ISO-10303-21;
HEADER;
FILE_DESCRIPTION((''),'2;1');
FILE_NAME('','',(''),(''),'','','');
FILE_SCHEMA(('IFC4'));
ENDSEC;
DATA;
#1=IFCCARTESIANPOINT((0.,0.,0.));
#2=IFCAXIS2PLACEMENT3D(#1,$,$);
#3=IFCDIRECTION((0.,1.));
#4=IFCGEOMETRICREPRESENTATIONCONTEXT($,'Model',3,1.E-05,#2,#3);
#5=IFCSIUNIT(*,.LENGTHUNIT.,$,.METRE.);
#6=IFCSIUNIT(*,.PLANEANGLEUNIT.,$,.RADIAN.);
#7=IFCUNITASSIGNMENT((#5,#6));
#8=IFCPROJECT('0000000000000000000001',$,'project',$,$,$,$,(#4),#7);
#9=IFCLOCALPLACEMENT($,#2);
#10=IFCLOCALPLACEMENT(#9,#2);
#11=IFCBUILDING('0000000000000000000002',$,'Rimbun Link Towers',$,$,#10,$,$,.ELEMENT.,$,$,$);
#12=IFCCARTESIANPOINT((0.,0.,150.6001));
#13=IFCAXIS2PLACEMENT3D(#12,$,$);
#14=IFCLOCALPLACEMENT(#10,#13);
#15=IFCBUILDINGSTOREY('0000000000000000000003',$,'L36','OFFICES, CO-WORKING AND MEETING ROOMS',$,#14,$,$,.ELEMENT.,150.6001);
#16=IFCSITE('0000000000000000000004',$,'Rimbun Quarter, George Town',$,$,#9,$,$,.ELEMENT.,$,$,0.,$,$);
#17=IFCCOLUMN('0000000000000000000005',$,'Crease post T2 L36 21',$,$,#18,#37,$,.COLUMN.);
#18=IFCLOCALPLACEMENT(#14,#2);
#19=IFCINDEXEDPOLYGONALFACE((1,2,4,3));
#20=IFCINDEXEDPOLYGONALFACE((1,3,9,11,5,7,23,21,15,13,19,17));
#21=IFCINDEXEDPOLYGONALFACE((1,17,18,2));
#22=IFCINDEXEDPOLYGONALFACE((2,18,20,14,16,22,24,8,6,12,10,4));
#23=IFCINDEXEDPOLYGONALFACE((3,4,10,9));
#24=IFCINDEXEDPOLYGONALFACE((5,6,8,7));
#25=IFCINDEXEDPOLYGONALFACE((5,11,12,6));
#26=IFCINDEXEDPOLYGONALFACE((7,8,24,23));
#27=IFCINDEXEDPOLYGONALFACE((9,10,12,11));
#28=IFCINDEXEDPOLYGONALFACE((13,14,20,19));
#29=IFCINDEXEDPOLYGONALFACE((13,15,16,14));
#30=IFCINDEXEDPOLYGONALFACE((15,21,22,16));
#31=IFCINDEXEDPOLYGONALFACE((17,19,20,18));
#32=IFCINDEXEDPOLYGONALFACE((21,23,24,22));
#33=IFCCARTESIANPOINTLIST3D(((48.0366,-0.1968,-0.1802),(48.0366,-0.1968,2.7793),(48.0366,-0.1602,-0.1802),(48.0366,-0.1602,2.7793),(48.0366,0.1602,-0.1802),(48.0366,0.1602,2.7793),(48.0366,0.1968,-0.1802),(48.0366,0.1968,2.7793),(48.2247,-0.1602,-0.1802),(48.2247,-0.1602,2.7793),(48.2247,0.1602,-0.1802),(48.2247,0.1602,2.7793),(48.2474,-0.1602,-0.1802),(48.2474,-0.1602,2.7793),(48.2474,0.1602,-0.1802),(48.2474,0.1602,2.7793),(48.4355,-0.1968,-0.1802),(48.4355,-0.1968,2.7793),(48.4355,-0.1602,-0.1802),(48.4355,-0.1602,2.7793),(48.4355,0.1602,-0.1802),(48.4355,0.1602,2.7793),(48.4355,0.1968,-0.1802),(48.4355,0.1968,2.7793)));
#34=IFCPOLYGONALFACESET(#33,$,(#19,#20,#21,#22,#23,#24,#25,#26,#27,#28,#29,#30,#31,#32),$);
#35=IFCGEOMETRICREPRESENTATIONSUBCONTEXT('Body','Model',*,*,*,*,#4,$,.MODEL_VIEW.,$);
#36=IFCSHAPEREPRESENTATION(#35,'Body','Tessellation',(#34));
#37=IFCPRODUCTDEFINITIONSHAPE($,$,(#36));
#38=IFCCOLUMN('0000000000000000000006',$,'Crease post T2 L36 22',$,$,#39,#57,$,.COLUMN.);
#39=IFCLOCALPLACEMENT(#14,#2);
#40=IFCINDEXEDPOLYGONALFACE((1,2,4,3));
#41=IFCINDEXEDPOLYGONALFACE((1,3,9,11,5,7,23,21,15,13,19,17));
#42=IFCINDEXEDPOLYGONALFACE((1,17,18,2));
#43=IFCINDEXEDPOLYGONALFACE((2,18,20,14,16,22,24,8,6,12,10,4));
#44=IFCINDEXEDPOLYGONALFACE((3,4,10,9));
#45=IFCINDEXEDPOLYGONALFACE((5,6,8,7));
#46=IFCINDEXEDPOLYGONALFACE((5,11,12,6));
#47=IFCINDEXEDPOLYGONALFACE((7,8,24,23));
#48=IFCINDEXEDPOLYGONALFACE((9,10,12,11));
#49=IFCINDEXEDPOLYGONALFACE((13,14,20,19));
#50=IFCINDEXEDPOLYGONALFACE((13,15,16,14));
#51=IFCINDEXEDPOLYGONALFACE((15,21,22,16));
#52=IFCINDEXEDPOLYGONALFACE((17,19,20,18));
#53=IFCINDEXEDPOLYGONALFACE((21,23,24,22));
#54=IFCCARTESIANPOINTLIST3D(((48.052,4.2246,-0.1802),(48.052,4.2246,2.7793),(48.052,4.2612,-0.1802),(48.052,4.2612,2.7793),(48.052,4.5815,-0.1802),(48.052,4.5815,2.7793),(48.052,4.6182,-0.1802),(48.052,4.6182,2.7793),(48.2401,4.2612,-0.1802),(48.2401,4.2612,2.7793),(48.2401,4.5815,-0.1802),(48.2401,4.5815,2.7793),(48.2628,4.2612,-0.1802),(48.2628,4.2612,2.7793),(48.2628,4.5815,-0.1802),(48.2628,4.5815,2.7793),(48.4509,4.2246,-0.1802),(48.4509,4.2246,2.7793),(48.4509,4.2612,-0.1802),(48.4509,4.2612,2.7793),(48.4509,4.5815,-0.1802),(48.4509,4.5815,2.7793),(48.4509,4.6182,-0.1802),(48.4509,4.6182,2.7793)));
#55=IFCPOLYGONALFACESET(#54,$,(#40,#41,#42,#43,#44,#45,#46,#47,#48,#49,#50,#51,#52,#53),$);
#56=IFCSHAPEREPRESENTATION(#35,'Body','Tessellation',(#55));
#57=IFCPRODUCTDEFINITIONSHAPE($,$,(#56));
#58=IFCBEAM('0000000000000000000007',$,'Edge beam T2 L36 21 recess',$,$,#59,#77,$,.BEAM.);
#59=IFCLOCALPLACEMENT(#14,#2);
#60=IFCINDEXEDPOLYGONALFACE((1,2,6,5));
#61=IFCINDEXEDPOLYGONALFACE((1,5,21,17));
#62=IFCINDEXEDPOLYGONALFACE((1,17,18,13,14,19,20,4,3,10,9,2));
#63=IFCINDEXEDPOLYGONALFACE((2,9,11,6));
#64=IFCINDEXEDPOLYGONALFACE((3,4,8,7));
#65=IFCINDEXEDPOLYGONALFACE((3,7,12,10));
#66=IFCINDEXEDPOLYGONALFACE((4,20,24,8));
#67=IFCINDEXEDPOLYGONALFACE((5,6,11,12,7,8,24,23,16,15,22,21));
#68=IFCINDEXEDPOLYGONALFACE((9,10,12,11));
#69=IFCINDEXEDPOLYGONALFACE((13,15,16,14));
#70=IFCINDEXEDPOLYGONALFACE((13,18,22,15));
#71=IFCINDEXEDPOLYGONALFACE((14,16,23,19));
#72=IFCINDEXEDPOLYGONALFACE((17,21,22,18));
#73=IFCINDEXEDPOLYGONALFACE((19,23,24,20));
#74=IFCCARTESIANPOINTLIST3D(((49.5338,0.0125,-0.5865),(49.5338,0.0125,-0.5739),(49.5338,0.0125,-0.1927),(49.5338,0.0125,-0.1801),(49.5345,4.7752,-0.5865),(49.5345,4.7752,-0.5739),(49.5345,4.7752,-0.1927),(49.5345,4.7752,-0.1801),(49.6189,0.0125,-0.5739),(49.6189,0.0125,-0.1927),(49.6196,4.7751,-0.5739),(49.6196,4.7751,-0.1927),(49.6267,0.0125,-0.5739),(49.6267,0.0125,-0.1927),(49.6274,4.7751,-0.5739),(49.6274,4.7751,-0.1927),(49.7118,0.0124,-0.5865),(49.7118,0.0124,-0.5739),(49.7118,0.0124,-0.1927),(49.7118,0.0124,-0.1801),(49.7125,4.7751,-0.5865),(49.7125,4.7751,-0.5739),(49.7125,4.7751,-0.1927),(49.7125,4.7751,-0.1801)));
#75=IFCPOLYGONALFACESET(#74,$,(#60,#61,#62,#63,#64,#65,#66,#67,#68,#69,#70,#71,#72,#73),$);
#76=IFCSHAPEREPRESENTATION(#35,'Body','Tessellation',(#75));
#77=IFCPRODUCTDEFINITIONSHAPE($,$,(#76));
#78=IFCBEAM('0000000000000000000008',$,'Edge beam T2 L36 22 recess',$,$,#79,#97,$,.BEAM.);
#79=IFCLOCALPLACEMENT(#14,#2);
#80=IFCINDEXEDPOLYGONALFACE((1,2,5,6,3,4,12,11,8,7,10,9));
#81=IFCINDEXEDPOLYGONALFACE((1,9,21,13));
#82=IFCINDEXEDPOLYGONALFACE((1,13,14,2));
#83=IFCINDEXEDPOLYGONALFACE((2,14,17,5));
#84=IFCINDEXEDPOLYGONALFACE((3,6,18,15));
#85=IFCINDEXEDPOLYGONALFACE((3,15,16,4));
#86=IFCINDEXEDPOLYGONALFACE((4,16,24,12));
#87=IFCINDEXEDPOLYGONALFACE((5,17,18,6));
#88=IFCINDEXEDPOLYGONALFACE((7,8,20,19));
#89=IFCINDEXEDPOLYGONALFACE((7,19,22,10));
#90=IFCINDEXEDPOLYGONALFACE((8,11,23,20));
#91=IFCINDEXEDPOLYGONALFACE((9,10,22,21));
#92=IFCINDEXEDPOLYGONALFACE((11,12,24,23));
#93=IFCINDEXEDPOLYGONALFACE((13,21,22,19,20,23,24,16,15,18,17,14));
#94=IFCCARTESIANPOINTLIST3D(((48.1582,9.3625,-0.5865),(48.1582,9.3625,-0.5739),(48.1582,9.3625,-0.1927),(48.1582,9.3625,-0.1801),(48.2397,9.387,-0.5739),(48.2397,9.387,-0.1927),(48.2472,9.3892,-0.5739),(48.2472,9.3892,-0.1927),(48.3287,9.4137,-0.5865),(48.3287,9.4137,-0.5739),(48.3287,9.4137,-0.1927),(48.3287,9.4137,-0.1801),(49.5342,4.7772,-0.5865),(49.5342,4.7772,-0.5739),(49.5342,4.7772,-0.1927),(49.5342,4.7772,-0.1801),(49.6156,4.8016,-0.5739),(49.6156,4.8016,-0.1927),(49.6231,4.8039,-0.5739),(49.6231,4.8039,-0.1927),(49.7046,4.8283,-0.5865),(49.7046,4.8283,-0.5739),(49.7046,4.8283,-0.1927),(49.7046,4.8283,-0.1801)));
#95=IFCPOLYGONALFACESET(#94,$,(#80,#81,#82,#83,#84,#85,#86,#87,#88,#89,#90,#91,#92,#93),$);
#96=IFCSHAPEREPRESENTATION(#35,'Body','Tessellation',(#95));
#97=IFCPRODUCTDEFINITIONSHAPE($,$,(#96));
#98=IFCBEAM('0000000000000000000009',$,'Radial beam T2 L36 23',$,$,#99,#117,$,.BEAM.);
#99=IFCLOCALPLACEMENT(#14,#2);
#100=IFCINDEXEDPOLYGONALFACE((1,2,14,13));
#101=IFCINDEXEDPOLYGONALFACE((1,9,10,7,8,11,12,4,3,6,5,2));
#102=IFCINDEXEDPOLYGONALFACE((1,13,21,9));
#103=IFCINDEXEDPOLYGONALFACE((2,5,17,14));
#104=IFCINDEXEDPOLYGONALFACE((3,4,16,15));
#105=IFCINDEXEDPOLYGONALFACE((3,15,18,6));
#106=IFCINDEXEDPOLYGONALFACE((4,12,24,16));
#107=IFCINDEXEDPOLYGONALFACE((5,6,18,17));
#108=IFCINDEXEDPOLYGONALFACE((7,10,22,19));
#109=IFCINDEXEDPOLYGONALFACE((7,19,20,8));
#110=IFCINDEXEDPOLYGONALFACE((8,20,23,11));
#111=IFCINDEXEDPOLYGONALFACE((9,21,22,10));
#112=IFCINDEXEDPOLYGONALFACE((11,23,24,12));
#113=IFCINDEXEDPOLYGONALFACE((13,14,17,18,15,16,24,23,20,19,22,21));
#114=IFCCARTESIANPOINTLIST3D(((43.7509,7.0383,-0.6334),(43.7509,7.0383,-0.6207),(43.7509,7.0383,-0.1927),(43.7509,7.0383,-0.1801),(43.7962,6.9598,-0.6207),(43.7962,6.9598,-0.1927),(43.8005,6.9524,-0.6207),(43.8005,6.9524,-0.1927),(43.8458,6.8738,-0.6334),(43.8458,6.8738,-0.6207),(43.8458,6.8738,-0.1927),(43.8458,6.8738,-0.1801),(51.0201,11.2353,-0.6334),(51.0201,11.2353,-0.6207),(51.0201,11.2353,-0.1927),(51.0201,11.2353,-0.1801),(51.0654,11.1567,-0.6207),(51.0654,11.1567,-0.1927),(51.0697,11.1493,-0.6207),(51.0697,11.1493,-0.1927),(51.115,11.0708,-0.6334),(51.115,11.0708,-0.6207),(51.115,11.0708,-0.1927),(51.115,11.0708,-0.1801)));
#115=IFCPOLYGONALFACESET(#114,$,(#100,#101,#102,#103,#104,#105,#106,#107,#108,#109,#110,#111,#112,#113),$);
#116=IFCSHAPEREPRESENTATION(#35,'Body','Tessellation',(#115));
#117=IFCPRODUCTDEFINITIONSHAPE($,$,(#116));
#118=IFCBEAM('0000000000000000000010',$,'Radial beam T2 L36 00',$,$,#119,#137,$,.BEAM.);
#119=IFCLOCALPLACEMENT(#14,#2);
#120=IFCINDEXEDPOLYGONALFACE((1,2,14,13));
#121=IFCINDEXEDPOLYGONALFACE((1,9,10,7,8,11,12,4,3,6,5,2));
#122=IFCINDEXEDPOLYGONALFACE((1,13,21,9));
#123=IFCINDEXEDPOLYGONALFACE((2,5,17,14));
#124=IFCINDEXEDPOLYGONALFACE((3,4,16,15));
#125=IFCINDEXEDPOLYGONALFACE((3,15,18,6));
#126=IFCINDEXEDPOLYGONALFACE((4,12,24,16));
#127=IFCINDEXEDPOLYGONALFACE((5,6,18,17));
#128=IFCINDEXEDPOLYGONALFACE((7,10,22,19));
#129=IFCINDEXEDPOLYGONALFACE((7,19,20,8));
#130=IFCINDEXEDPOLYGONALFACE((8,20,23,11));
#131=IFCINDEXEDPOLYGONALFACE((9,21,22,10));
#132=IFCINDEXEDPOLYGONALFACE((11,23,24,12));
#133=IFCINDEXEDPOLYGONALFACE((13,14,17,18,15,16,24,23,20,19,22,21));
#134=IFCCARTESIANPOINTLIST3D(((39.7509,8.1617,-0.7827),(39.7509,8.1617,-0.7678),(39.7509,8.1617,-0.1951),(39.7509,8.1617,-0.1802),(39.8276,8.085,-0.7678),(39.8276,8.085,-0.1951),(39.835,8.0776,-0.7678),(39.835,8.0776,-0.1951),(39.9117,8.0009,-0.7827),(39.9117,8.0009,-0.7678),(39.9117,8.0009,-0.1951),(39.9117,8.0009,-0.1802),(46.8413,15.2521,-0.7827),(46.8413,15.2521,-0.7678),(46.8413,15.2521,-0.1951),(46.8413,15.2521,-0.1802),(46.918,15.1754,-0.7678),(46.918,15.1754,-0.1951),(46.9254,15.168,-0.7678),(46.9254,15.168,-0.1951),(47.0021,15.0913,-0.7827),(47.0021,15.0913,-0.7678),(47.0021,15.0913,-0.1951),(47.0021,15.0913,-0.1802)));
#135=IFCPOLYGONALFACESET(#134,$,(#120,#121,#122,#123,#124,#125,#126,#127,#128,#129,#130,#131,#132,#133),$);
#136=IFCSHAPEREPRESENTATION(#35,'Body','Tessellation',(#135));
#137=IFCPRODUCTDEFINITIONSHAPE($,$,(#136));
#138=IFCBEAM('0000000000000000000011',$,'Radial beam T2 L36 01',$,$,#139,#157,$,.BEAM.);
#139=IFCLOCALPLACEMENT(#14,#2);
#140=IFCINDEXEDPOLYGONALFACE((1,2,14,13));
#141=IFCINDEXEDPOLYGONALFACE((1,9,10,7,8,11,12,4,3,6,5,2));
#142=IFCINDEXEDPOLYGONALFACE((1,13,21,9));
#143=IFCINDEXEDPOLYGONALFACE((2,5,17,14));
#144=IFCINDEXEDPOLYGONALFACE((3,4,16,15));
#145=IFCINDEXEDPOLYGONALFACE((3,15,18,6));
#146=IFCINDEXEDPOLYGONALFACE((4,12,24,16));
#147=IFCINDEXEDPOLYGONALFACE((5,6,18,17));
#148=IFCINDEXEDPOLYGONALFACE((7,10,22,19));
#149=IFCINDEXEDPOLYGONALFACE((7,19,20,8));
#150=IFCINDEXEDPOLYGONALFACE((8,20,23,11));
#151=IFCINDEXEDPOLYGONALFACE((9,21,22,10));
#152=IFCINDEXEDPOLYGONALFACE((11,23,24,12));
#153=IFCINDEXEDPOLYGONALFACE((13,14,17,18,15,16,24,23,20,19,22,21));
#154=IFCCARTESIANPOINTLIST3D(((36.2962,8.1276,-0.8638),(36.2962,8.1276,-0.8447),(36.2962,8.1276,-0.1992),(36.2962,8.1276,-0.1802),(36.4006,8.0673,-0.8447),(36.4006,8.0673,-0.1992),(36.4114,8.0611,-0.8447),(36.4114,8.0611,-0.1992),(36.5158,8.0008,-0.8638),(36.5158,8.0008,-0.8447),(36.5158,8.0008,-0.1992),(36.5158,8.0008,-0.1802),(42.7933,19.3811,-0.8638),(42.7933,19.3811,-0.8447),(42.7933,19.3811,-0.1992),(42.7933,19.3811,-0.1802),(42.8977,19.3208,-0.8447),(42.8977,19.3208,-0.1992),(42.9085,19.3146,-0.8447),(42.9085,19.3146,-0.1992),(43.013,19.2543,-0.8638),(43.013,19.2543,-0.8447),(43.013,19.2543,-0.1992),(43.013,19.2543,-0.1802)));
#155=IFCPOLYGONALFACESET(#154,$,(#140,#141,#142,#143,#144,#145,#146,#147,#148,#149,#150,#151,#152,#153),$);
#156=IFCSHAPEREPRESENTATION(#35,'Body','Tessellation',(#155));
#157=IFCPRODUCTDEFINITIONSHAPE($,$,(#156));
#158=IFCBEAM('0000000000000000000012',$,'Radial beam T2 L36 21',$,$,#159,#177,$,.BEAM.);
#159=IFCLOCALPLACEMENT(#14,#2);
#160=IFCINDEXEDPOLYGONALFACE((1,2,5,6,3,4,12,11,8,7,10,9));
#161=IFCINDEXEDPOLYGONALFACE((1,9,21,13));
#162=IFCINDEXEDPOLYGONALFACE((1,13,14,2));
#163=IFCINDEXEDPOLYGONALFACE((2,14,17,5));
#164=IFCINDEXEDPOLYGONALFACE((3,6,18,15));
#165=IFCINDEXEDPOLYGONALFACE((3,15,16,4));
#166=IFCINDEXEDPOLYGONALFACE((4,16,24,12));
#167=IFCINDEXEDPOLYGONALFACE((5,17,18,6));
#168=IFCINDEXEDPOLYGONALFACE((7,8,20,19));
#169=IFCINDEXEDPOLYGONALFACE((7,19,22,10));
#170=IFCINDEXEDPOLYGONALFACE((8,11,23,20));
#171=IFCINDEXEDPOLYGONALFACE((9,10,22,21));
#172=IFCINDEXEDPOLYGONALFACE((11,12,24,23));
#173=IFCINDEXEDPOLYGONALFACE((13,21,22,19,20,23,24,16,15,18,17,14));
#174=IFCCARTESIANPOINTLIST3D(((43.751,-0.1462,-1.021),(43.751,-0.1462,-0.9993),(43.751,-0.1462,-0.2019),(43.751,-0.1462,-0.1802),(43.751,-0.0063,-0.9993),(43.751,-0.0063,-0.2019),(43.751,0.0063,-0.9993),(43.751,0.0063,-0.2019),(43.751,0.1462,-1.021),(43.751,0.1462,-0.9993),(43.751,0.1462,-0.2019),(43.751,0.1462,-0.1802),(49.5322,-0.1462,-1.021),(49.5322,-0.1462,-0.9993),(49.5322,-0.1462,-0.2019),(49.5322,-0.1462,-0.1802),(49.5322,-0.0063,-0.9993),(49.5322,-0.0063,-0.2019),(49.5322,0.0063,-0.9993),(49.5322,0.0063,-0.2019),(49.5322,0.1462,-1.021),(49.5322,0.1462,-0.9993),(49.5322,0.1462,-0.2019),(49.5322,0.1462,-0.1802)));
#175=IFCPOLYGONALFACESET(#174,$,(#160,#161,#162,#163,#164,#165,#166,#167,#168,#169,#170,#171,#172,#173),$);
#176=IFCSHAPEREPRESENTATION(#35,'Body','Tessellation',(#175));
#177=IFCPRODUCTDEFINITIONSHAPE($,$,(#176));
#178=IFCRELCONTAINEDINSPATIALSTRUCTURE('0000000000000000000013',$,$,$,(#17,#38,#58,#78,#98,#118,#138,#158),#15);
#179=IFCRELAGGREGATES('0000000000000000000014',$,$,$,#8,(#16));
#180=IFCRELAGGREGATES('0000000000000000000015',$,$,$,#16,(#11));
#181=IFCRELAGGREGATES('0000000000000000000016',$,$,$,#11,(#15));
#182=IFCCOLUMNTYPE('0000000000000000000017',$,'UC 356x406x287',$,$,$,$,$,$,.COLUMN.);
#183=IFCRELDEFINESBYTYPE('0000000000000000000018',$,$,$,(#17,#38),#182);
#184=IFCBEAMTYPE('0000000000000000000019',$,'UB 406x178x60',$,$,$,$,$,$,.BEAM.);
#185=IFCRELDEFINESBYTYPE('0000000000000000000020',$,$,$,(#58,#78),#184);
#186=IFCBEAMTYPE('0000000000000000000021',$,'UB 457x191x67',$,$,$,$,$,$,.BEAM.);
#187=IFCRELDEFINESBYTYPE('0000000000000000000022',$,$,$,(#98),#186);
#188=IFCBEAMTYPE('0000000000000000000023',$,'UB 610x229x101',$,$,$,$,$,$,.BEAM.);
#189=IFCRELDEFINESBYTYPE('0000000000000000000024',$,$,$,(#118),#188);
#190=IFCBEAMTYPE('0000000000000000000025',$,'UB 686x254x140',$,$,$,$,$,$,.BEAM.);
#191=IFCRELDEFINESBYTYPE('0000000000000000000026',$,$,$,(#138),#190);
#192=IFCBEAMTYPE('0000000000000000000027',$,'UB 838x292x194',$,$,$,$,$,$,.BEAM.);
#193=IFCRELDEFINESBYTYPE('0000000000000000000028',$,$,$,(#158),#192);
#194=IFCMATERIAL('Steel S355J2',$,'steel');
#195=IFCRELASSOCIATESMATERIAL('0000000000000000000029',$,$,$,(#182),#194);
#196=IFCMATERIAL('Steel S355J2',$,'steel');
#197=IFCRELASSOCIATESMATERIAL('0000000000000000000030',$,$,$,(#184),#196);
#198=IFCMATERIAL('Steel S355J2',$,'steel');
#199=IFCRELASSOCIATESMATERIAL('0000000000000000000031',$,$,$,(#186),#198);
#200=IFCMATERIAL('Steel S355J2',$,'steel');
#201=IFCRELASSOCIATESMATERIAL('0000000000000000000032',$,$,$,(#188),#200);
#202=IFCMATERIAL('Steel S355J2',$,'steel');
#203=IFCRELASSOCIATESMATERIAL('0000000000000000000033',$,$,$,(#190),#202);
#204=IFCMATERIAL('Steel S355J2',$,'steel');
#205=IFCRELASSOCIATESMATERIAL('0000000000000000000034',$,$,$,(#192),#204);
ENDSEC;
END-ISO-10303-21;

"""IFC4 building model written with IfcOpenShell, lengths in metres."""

from ifc_helpers import new_model, si_unit, direction, frame, origin, origin_2d, place, context, subcontext, project, spatial, i_section, extrude, material, material_profile, profile_set, type_object, element, save


model = new_model("IFC4")

# Units and contexts
model_context = context("Model", 3, precision=1e-05, world=origin(), true_north=direction((0.0, 1.0)))
body_context = subcontext(model_context, "Body", "Model", "MODEL_VIEW")
ifc_project = project(units=[si_unit("LENGTHUNIT", "METRE"), si_unit("PLANEANGLEUNIT", "RADIAN")], contexts=[model_context])

# Site, building, storey
site_placement = place(None, origin())
site = spatial("IfcSite", under=ifc_project, at=site_placement, Name="Rimbun Quarter, George Town", CompositionType="ELEMENT", RefElevation=0.0)
building_placement = place(site_placement, origin())
building = spatial("IfcBuilding", under=site, at=building_placement, Name="Rimbun Link Towers", CompositionType="ELEMENT")
storey_placement = place(building_placement, frame((0.0, 0.0, 150.6001)))
storey = spatial("IfcBuildingStorey", under=building, at=storey_placement, Name="L36", Description="OFFICES, CO-WORKING AND MEETING ROOMS", CompositionType="ELEMENT", Elevation=150.6001)

# Columns
ifc_material_1 = material(Name="Steel S355J2", Category="steel")
ifc_material_profile_1 = material_profile(ifc_material_1, i_section(OverallWidth=0.3989, OverallDepth=0.3936, WebThickness=0.0227, FlangeThickness=0.0366, at=origin_2d()), Name="UC 356x406x287")
ifc_profile_set_1 = profile_set([ifc_material_profile_1], Name="Steel S355J2")
column_type = type_object("IfcColumnType", Name="UC 356x406x287", PredefinedType="COLUMN", material=ifc_profile_set_1)
for number, where, z_axis, x_axis, name in (
    (1, (48.2361, 0.0, -0.1802), (0.0, 0.0, 1.0), (1.0, 0.0, 0.0), "Crease post T2 L36 21"),
    (2, (48.2515, 4.4214, -0.1802), (0.0, 0.0, 1.0), (1.0, 0.0, 0.0), "Crease post T2 L36 22"),
):
    element("IfcColumn", number, at=place(storey_placement, frame(where, z_axis=z_axis, x_axis=x_axis)), inside=storey, type_object=column_type, Name=name, PredefinedType="COLUMN", context=body_context, shape_type="SweptSolid", body=[
        extrude(i_section(OverallWidth=0.3989, OverallDepth=0.3936, WebThickness=0.0227, FlangeThickness=0.0366, at=origin_2d()), origin(), (0.0, 0.0, 1.0), 2.9595),
    ])

# Beams
ifc_material_2 = material(Name="Steel S355J2", Category="steel")
ifc_material_profile_2 = material_profile(ifc_material_2, i_section(OverallWidth=0.178, OverallDepth=0.4065, WebThickness=0.0078, FlangeThickness=0.0127, at=origin_2d()), Name="UB 406x178x60")
ifc_profile_set_2 = profile_set([ifc_material_profile_2], Name="Steel S355J2")
beam_type_1 = type_object("IfcBeamType", Name="UB 406x178x60", PredefinedType="BEAM", material=ifc_profile_set_2)
beam_1_placement = place(storey_placement, frame((49.6228, 0.0125, -0.3833), z_axis=(0.000154, 1.0, 0.0), x_axis=(-1.0, 0.000154, 0.0)))
element("IfcBeam", 3, at=beam_1_placement, inside=storey, type_object=beam_type_1, Name="Edge beam T2 L36 21 recess", PredefinedType="BEAM", context=body_context, shape_type="SweptSolid", body=[
    extrude(i_section(OverallWidth=0.178, OverallDepth=0.4065, WebThickness=0.0078, FlangeThickness=0.0127, at=origin_2d()), origin(), (0.0, 0.0, 1.0), 4.7627),
])
beam_2_placement = place(storey_placement, frame((49.6194, 4.8027, -0.3833), z_axis=(-0.287413, 0.957807, 0.0), x_axis=(-0.957807, -0.287413, 0.0)))
element("IfcBeam", 4, at=beam_2_placement, inside=storey, type_object=beam_type_1, Name="Edge beam T2 L36 22 recess", PredefinedType="BEAM", context=body_context, shape_type="SweptSolid", body=[
    extrude(i_section(OverallWidth=0.178, OverallDepth=0.4065, WebThickness=0.0078, FlangeThickness=0.0127, at=origin_2d()), origin(), (0.0, 0.0, 1.0), 4.7874),
])
ifc_material_3 = material(Name="Steel S355J2", Category="steel")
ifc_material_profile_3 = material_profile(ifc_material_3, i_section(OverallWidth=0.1899, OverallDepth=0.4534, WebThickness=0.0085, FlangeThickness=0.0127, at=origin_2d()), Name="UB 457x191x67")
ifc_profile_set_3 = profile_set([ifc_material_profile_3], Name="Steel S355J2")
beam_type_2 = type_object("IfcBeamType", Name="UB 457x191x67", PredefinedType="BEAM", material=ifc_profile_set_3)
beam_3_placement = place(storey_placement, frame((43.7983, 6.9561, -0.4067), z_axis=(0.86602, 0.500009, 0.0), x_axis=(-0.500009, 0.86602, 0.0)))
element("IfcBeam", 5, at=beam_3_placement, inside=storey, type_object=beam_type_2, Name="Radial beam T2 L36 23", PredefinedType="BEAM", context=body_context, shape_type="SweptSolid", body=[
    extrude(i_section(OverallWidth=0.1899, OverallDepth=0.4534, WebThickness=0.0085, FlangeThickness=0.0127, at=origin_2d()), origin(), (0.0, 0.0, 1.0), 8.3938),
])
ifc_material_4 = material(Name="Steel S355J2", Category="steel")
ifc_material_profile_4 = material_profile(ifc_material_4, i_section(OverallWidth=0.2275, OverallDepth=0.6025, WebThickness=0.0105, FlangeThickness=0.0149, at=origin_2d()), Name="UB 610x229x101")
ifc_profile_set_4 = profile_set([ifc_material_profile_4], Name="Steel S355J2")
beam_type_3 = type_object("IfcBeamType", Name="UB 610x229x101", PredefinedType="BEAM", material=ifc_profile_set_4)
beam_4_placement = place(storey_placement, frame((39.8313, 8.0813, -0.4814), z_axis=(0.707107, 0.707107, 0.0), x_axis=(-0.707107, 0.707107, 0.0)))
element("IfcBeam", 6, at=beam_4_placement, inside=storey, type_object=beam_type_3, Name="Radial beam T2 L36 00", PredefinedType="BEAM", context=body_context, shape_type="SweptSolid", body=[
    extrude(i_section(OverallWidth=0.2275, OverallDepth=0.6025, WebThickness=0.0105, FlangeThickness=0.0149, at=origin_2d()), origin(), (0.0, 0.0, 1.0), 10.0273),
])
ifc_material_5 = material(Name="Steel S355J2", Category="steel")
ifc_material_profile_5 = material_profile(ifc_material_5, i_section(OverallWidth=0.2537, OverallDepth=0.6836, WebThickness=0.0125, FlangeThickness=0.019, at=origin_2d()), Name="UB 686x254x140")
ifc_profile_set_5 = profile_set([ifc_material_profile_5], Name="Steel S355J2")
beam_type_4 = type_object("IfcBeamType", Name="UB 686x254x140", PredefinedType="BEAM", material=ifc_profile_set_5)
beam_5_placement = place(storey_placement, frame((36.406, 8.0642, -0.522), z_axis=(0.499995, 0.866029, 0.0), x_axis=(-0.866029, 0.499995, 0.0)))
element("IfcBeam", 7, at=beam_5_placement, inside=storey, type_object=beam_type_4, Name="Radial beam T2 L36 01", PredefinedType="BEAM", context=body_context, shape_type="SweptSolid", body=[
    extrude(i_section(OverallWidth=0.2537, OverallDepth=0.6836, WebThickness=0.0125, FlangeThickness=0.019, at=origin_2d()), origin(), (0.0, 0.0, 1.0), 12.9944),
])
ifc_material_6 = material(Name="Steel S355J2", Category="steel")
ifc_material_profile_6 = material_profile(ifc_material_6, i_section(OverallWidth=0.2925, OverallDepth=0.8408, WebThickness=0.0127, FlangeThickness=0.0217, at=origin_2d()), Name="UB 838x292x194")
ifc_profile_set_6 = profile_set([ifc_material_profile_6], Name="Steel S355J2")
beam_type_5 = type_object("IfcBeamType", Name="UB 838x292x194", PredefinedType="BEAM", material=ifc_profile_set_6)
beam_6_placement = place(storey_placement, frame((43.751, 0.0, -0.6006), z_axis=(1.0, 0.0, 0.0), x_axis=(0.0, 1.0, 0.0)))
element("IfcBeam", 8, at=beam_6_placement, inside=storey, type_object=beam_type_5, Name="Radial beam T2 L36 21", PredefinedType="BEAM", context=body_context, shape_type="SweptSolid", body=[
    extrude(i_section(OverallWidth=0.2925, OverallDepth=0.8408, WebThickness=0.0127, FlangeThickness=0.0217, at=origin_2d()), origin(), (0.0, 0.0, 1.0), 5.7812),
])

save(model, "model.ifc")
